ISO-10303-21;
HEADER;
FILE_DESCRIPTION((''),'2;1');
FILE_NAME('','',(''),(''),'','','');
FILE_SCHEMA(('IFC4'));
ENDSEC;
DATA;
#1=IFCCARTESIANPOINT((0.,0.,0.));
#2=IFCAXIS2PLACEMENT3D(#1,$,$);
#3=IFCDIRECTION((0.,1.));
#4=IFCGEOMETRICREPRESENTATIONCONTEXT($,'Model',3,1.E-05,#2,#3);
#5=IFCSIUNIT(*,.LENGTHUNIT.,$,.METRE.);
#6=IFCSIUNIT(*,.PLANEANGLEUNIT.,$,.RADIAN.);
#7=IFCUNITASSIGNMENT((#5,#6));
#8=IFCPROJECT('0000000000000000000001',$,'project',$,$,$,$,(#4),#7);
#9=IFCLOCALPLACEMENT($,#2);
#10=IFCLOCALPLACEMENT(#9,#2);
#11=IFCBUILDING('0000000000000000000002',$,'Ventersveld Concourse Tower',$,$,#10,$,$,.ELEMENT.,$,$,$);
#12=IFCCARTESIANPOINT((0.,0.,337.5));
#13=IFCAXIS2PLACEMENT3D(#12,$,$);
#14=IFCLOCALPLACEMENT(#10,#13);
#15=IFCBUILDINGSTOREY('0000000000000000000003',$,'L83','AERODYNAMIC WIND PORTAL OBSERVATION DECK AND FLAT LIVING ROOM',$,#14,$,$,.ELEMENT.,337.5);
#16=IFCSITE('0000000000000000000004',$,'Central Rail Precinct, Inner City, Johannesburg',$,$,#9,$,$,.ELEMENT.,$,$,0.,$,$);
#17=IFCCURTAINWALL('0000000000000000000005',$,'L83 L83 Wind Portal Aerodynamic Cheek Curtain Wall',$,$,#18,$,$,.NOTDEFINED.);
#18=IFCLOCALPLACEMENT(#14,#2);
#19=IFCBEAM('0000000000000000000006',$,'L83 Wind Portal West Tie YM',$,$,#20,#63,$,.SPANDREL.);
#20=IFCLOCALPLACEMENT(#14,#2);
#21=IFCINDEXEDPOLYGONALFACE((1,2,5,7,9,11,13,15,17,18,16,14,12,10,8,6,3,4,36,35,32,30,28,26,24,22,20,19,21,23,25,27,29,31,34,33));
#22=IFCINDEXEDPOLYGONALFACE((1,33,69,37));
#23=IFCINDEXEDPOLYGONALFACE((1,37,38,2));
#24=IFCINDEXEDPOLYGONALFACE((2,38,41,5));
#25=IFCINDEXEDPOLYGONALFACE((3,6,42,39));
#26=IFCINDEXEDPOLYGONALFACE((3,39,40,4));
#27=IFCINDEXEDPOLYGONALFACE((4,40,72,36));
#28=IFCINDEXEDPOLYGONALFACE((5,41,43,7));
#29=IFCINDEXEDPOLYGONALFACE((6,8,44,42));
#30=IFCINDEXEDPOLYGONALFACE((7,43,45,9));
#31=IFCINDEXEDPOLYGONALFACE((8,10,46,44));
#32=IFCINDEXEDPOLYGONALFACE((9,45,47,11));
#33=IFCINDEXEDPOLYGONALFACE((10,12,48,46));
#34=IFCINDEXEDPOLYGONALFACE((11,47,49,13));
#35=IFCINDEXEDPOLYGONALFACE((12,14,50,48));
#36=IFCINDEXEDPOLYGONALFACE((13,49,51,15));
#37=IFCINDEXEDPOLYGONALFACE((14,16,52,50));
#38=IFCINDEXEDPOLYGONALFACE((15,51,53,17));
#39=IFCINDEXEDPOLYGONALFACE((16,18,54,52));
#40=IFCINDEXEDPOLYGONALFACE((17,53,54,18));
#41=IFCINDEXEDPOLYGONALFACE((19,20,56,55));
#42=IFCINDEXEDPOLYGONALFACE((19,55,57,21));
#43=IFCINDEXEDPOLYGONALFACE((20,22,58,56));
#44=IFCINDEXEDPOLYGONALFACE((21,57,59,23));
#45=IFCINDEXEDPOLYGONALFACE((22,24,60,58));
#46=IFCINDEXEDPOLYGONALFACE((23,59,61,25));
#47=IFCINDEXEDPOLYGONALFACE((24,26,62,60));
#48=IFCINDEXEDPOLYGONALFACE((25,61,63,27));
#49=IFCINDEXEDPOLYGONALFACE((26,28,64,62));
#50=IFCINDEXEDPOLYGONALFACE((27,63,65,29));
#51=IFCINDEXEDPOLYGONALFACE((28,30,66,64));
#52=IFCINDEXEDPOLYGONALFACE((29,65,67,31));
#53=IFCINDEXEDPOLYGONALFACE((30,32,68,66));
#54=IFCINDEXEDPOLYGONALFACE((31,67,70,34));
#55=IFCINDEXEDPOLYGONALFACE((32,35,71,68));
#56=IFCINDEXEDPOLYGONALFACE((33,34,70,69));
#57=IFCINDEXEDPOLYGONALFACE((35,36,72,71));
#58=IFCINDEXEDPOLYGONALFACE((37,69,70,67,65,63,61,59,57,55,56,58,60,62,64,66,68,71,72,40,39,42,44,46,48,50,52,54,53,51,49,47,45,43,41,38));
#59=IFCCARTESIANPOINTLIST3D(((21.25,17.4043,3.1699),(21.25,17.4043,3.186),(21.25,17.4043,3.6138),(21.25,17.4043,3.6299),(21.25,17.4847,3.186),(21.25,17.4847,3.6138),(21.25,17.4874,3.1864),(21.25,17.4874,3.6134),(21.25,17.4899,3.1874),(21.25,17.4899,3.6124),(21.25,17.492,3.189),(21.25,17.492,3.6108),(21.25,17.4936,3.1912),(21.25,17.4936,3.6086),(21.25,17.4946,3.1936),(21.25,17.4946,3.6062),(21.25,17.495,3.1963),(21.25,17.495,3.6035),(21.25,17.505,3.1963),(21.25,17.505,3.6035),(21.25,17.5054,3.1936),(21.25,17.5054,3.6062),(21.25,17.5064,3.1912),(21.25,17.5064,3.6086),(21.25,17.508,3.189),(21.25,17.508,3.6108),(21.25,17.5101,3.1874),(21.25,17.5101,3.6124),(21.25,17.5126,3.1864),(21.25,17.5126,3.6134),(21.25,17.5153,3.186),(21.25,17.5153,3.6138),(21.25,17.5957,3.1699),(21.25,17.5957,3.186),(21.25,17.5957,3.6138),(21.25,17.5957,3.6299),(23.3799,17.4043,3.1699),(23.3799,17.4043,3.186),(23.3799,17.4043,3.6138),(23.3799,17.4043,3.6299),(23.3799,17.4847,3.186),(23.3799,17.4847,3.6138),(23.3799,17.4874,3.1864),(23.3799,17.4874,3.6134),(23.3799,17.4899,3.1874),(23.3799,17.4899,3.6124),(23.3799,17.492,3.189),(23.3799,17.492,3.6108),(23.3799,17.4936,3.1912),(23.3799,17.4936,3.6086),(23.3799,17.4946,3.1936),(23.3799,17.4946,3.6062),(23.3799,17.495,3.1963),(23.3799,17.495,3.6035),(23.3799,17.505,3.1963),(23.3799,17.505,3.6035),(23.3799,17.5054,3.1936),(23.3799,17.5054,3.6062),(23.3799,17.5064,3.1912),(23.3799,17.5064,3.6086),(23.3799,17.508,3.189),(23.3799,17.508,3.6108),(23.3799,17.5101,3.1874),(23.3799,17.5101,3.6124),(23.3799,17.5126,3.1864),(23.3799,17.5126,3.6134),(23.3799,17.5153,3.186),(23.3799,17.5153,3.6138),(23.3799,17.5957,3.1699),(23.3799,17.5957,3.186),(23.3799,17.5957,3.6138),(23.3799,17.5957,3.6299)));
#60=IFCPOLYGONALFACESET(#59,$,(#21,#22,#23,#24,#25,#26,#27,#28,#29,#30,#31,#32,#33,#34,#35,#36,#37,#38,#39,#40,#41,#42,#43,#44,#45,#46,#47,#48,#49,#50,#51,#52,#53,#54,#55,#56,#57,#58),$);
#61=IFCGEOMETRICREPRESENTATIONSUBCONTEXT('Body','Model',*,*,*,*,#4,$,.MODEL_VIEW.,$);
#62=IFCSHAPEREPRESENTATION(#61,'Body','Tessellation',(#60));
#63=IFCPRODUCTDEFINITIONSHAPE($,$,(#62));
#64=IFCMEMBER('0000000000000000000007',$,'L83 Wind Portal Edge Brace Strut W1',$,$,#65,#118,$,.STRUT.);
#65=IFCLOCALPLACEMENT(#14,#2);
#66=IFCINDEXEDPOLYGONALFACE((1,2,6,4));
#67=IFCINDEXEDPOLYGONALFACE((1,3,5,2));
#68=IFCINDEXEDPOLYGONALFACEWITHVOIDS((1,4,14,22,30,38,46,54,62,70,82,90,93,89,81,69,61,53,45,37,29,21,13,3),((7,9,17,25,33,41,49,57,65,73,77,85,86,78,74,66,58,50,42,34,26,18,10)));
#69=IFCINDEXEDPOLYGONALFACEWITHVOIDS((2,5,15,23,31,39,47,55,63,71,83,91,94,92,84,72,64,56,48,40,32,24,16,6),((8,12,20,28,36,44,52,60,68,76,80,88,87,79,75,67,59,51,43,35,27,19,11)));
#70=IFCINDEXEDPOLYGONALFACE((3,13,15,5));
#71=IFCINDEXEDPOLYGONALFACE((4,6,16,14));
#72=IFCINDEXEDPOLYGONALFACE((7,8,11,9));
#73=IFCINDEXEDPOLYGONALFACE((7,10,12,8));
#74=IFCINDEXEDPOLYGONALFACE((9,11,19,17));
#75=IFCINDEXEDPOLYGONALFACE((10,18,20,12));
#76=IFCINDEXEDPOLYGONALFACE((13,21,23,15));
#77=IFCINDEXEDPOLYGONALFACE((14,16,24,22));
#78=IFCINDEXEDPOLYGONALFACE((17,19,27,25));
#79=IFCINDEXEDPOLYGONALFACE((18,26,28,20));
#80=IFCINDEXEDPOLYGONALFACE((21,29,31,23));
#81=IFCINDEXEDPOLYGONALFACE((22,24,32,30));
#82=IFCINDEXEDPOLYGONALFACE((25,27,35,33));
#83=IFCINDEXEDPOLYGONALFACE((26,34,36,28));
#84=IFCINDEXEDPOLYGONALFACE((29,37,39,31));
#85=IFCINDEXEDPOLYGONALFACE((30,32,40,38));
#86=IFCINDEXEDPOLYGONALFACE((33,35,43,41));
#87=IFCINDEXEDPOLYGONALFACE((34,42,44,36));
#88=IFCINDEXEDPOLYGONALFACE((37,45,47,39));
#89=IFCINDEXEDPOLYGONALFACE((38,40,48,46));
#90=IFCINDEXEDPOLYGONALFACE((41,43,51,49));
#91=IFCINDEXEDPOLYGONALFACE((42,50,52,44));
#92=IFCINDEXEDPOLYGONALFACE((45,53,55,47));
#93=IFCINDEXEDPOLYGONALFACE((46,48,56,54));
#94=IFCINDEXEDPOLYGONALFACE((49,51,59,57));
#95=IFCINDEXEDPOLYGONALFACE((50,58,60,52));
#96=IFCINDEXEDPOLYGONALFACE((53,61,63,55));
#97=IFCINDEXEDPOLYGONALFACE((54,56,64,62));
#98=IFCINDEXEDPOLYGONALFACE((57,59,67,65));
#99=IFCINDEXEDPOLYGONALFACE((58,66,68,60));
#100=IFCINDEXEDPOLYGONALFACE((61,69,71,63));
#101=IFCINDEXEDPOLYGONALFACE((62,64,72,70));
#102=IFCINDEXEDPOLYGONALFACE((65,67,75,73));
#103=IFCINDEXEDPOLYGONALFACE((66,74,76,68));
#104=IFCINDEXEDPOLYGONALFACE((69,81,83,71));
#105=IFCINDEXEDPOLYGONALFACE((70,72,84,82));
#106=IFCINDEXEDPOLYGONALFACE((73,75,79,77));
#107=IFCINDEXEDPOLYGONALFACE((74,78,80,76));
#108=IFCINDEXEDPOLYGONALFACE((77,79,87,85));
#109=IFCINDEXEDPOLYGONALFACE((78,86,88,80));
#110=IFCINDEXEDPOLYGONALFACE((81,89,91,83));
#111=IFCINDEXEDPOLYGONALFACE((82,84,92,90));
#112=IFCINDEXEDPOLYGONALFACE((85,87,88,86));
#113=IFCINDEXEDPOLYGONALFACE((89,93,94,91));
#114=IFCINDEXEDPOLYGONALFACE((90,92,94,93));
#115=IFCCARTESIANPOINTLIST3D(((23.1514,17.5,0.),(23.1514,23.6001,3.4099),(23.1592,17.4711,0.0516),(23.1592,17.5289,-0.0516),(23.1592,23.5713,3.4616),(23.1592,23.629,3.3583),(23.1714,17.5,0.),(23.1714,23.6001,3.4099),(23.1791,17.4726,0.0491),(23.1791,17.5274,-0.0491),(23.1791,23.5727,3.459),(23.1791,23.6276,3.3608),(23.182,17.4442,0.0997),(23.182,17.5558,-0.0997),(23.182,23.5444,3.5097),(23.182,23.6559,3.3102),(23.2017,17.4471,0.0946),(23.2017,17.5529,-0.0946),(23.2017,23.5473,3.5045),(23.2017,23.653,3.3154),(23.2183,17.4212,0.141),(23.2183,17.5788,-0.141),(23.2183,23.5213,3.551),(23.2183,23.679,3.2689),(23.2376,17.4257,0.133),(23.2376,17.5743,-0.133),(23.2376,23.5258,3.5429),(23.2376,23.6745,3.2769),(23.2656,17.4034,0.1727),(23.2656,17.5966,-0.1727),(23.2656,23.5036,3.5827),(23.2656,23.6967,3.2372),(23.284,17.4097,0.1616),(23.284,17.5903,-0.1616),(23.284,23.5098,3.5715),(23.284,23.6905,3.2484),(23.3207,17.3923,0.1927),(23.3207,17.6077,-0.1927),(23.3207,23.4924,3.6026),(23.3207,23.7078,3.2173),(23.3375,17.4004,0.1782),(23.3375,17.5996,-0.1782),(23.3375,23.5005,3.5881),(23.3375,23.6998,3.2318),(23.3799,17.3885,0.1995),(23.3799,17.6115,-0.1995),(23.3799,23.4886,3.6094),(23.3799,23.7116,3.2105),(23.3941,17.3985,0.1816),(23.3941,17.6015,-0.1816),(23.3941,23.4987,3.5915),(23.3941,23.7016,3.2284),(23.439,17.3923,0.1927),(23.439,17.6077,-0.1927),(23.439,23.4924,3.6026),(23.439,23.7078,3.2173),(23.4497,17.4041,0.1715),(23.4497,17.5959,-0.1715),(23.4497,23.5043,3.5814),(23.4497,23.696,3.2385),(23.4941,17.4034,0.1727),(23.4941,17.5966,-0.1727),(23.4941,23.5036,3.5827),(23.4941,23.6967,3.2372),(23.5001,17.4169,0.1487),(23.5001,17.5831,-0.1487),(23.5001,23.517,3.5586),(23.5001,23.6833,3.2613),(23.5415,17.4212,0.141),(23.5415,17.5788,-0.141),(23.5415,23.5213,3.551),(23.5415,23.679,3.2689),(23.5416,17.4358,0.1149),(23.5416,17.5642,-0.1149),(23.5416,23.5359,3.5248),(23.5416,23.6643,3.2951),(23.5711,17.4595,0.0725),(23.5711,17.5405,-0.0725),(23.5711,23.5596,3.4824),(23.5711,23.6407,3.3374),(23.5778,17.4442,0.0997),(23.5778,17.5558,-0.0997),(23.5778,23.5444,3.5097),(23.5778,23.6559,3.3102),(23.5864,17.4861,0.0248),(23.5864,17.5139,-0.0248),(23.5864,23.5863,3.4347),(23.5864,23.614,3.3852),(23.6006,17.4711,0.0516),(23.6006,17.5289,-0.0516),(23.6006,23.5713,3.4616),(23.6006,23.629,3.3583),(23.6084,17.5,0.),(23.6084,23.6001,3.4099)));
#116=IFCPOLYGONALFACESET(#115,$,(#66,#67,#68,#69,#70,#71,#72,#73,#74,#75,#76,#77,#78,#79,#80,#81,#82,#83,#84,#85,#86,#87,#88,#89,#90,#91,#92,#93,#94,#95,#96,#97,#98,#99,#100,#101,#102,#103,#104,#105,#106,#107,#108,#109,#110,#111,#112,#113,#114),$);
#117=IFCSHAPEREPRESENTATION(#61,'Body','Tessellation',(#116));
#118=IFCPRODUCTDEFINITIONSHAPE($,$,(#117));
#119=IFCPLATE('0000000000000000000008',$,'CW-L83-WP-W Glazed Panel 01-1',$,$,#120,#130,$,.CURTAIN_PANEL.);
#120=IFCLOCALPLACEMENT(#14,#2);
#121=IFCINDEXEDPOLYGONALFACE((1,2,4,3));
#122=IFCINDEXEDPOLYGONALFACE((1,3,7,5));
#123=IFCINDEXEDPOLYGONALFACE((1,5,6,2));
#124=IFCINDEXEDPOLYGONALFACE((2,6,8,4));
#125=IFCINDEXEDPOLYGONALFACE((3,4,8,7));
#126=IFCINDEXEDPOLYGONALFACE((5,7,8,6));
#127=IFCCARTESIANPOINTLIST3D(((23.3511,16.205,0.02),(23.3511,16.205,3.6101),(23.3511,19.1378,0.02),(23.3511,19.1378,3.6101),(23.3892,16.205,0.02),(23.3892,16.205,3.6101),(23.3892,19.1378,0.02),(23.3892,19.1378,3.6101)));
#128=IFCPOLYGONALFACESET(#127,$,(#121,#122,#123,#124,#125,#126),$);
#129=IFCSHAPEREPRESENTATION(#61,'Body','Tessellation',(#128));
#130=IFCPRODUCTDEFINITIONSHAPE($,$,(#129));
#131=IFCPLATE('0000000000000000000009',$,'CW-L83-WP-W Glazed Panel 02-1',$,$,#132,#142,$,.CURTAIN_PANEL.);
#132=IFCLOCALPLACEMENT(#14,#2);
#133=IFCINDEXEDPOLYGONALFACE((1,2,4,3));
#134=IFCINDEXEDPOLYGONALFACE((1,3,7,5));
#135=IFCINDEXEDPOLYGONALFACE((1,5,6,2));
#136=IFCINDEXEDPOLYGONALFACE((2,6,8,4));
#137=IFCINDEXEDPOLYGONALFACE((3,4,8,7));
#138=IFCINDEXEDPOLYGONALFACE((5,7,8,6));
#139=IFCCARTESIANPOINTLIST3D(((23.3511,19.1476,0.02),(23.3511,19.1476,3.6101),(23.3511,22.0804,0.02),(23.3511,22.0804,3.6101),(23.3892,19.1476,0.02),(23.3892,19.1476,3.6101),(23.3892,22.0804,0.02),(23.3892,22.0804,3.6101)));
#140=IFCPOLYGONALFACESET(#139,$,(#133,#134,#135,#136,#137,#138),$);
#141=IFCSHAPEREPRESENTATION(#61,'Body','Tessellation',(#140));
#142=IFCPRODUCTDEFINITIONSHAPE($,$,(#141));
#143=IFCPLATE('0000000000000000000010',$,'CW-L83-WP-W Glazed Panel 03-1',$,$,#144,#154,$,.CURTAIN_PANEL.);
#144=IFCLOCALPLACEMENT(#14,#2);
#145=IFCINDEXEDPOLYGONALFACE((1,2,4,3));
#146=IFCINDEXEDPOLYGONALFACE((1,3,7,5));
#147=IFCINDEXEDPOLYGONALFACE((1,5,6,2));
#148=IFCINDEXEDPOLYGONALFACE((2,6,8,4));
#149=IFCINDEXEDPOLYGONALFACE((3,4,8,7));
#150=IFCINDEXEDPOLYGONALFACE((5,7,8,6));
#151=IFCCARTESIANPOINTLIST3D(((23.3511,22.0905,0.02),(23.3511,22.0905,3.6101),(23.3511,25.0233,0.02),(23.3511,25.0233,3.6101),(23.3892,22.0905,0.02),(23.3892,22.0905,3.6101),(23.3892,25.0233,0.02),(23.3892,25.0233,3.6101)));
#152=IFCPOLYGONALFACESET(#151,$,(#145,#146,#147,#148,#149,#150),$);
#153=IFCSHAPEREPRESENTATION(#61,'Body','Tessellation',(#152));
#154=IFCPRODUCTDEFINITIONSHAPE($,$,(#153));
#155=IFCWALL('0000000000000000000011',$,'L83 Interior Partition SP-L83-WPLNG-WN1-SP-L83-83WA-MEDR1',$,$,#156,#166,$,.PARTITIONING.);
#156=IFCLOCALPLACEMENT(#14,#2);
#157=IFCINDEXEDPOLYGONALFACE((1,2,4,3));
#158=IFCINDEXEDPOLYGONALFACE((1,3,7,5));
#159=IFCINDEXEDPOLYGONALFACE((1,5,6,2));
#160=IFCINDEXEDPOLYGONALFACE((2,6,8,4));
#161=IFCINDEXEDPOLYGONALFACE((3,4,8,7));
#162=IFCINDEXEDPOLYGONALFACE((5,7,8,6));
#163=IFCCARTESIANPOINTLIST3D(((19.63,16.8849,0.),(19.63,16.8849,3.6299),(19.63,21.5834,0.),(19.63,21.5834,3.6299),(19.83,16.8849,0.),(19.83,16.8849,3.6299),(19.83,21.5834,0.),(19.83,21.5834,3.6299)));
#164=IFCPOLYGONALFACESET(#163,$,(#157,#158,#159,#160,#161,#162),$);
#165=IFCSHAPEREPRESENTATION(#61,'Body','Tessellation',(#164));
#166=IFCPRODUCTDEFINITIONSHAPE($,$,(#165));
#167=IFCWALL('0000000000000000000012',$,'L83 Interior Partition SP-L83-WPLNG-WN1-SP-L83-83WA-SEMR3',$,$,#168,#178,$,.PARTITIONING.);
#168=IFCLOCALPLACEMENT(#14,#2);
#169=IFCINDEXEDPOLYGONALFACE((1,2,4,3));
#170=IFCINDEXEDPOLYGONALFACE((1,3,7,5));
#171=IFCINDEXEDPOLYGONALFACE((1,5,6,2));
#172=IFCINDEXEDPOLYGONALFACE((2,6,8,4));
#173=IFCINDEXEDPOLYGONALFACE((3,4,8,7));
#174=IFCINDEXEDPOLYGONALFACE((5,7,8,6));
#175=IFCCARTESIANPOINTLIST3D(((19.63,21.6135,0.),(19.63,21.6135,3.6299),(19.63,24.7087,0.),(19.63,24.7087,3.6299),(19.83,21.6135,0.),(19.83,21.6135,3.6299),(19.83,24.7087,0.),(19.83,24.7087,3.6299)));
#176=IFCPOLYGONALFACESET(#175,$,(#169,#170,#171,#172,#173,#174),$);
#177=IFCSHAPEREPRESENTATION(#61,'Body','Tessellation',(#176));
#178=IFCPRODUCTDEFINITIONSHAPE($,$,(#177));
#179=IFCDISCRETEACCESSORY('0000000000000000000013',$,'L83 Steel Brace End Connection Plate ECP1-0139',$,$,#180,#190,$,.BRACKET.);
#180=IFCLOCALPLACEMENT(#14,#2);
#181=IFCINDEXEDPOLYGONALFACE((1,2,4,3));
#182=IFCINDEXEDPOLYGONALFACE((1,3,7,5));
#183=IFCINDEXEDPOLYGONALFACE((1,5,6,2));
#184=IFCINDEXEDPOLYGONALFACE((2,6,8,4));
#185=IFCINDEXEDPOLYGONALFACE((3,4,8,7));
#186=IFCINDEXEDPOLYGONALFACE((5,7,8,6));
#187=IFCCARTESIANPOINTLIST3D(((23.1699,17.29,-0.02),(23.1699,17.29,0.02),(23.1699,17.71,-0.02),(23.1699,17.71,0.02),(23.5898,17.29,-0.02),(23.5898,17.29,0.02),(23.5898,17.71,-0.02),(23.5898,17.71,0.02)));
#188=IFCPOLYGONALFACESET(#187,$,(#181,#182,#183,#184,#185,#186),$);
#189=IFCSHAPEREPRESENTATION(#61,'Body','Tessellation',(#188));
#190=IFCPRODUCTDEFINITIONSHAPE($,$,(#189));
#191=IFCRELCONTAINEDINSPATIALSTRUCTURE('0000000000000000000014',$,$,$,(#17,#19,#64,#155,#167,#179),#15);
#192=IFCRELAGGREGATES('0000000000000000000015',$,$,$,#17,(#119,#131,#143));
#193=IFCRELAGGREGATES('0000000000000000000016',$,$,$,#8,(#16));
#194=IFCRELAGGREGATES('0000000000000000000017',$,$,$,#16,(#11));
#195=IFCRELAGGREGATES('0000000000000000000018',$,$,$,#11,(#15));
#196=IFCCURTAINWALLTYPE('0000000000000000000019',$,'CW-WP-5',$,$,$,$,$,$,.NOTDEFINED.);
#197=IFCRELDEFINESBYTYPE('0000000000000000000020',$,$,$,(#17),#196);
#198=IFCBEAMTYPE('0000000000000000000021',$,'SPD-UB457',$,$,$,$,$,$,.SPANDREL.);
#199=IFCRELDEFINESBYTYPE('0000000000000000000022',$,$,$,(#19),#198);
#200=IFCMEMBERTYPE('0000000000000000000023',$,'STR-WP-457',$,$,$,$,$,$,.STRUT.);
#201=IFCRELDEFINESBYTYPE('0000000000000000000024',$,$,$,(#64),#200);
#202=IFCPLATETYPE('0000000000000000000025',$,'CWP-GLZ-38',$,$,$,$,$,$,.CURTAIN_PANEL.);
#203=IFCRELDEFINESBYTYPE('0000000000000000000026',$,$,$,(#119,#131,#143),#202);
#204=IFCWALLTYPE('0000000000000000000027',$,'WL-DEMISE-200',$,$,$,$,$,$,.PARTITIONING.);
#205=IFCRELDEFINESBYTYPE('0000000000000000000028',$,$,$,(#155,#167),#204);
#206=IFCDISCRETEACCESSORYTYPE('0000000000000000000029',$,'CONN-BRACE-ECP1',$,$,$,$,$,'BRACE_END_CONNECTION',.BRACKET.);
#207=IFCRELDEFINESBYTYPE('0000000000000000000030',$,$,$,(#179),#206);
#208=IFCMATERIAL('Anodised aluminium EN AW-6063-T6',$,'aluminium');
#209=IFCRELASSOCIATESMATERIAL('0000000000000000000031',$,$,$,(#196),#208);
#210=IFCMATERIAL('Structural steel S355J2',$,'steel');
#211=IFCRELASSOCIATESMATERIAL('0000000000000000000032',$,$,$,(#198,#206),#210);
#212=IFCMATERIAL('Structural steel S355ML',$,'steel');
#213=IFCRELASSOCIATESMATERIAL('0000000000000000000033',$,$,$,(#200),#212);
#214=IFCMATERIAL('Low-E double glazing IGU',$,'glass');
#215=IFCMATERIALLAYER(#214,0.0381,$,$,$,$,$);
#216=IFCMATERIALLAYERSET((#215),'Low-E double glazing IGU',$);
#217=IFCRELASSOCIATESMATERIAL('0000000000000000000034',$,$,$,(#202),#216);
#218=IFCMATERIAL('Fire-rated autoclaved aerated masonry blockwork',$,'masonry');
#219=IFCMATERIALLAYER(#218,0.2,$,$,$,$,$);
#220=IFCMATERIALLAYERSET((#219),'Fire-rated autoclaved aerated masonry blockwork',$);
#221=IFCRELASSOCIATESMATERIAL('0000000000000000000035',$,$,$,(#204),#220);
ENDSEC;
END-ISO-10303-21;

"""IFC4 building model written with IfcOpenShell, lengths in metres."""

from ifc_helpers import new_model, si_unit, direction, frame, frame_2d, origin, origin_2d, place, context, subcontext, project, spatial, rectangle, hollow_circle, i_section, extrude, material, layer, layer_set, material_profile, profile_set, type_object, element, aggregate, save


model = new_model("IFC4")

# Units and contexts
model_context = context("Model", 3, precision=1e-05, world=origin(), true_north=direction((0.0, 1.0)))
body_context = subcontext(model_context, "Body", "Model", "MODEL_VIEW")
ifc_project = project(units=[si_unit("LENGTHUNIT", "METRE"), si_unit("PLANEANGLEUNIT", "RADIAN")], contexts=[model_context])

# Site, building, storey
site_placement = place(None, origin())
site = spatial("IfcSite", under=ifc_project, at=site_placement, Name="Central Rail Precinct, Inner City, Johannesburg", CompositionType="ELEMENT", RefElevation=0.0)
building_placement = place(site_placement, origin())
building = spatial("IfcBuilding", under=site, at=building_placement, Name="Ventersveld Concourse Tower", CompositionType="ELEMENT")
storey_placement = place(building_placement, frame((0.0, 0.0, 337.5)))
storey = spatial("IfcBuildingStorey", under=building, at=storey_placement, Name="L83", Description="AERODYNAMIC WIND PORTAL OBSERVATION DECK AND FLAT LIVING ROOM", CompositionType="ELEMENT", Elevation=337.5)

# Shared definitions
ifc_material_1 = material(Name="Structural steel S355J2", Category="steel")

# Curtain wall
ifc_material_2 = material(Name="Anodised aluminium EN AW-6063-T6", Category="aluminium")
curtain_wall_type = type_object("IfcCurtainWallType", Name="CW-WP-5", PredefinedType="NOTDEFINED", material=ifc_material_2)
curtain_wall_placement = place(storey_placement, origin())
curtain_wall = element("IfcCurtainWall", 1, at=curtain_wall_placement, inside=storey, type_object=curtain_wall_type, Name="L83 L83 Wind Portal Aerodynamic Cheek Curtain Wall", PredefinedType="NOTDEFINED")

# Beam
ifc_material_profile_1 = material_profile(ifc_material_1, i_section(OverallWidth=0.1914, OverallDepth=0.46, WebThickness=0.01, FlangeThickness=0.0161, FilletRadius=0.0103, at=origin_2d()), Name="UB 457x191x82")
ifc_profile_set_1 = profile_set([ifc_material_profile_1], Name="Structural steel S355J2")
beam_type = type_object("IfcBeamType", Name="SPD-UB457", PredefinedType="SPANDREL", material=ifc_profile_set_1)
beam_placement = place(storey_placement, frame((21.25, 17.5, 3.3999), z_axis=(1.0, 0.0, 0.0), x_axis=(0.0, 1.0, 0.0)))
element("IfcBeam", 2, at=beam_placement, inside=storey, type_object=beam_type, Name="L83 Wind Portal West Tie YM", PredefinedType="SPANDREL", context=body_context, shape_type="SweptSolid", body=[
    extrude(i_section(OverallWidth=0.1914, OverallDepth=0.46, WebThickness=0.01, FlangeThickness=0.0161, FilletRadius=0.0103, at=origin_2d()), origin(), (0.0, 0.0, 1.0), 2.1299),
])

# Member
ifc_material_3 = material(Name="Structural steel S355ML", Category="steel")
ifc_material_profile_2 = material_profile(ifc_material_3, hollow_circle(Radius=0.2285, WallThickness=0.02, at=origin_2d()), Name="CHS 457x20")
ifc_profile_set_2 = profile_set([ifc_material_profile_2], Name="Structural steel S355ML")
member_type_1 = type_object("IfcMemberType", Name="STR-WP-457", PredefinedType="STRUT", material=ifc_profile_set_2)
member_1_placement = place(storey_placement, frame((23.3799, 17.5, 0.0), z_axis=(0.0, 0.87288, 0.487934), x_axis=(-1.0, 0.0, 0.0)))
element("IfcMember", 3, at=member_1_placement, inside=storey, type_object=member_type_1, Name="L83 Wind Portal Edge Brace Strut W1", PredefinedType="STRUT", context=body_context, shape_type="SweptSolid", body=[
    extrude(hollow_circle(Radius=0.2285, WallThickness=0.02, at=origin_2d()), origin(), (0.0, 0.0, 1.0), 6.9885),
])

# Plates
ifc_material_4 = material(Name="Low-E double glazing IGU", Category="glass")
ifc_layer_1 = layer(ifc_material_4, 0.0381)
ifc_layer_set_1 = layer_set([ifc_layer_1], Name="Low-E double glazing IGU")
plate_type = type_object("IfcPlateType", Name="CWP-GLZ-38", PredefinedType="CURTAIN_PANEL", material=ifc_layer_set_1)
plate_1_placement = place(storey_placement, frame((23.3701, 17.6714, 0.02), z_axis=(0.0, 0.0, 1.0), x_axis=(0.0, 1.0, 0.0)))
plate_1 = element("IfcPlate", 4, at=plate_1_placement, type_object=plate_type, Name="CW-L83-WP-W Glazed Panel 01-1", PredefinedType="CURTAIN_PANEL", context=body_context, shape_type="SweptSolid", body=[
    extrude(rectangle(XDim=2.9329, YDim=0.0381, at=origin_2d()), origin(), (0.0, 0.0, 1.0), 3.5901),
])
plate_2_placement = place(storey_placement, frame((23.3701, 20.614, 0.02), z_axis=(0.0, 0.0, 1.0), x_axis=(0.0, 1.0, 0.0)))
plate_2 = element("IfcPlate", 5, at=plate_2_placement, type_object=plate_type, Name="CW-L83-WP-W Glazed Panel 02-1", PredefinedType="CURTAIN_PANEL", context=body_context, shape_type="SweptSolid", body=[
    extrude(rectangle(XDim=2.9329, YDim=0.0381, at=origin_2d()), origin(), (0.0, 0.0, 1.0), 3.5901),
])
plate_3_placement = place(storey_placement, frame((23.3701, 23.5569, 0.02), z_axis=(0.0, 0.0, 1.0), x_axis=(0.0, 1.0, 0.0)))
plate_3 = element("IfcPlate", 6, at=plate_3_placement, type_object=plate_type, Name="CW-L83-WP-W Glazed Panel 03-1", PredefinedType="CURTAIN_PANEL", context=body_context, shape_type="SweptSolid", body=[
    extrude(rectangle(XDim=2.9329, YDim=0.0381, at=origin_2d()), origin(), (0.0, 0.0, 1.0), 3.5901),
])
aggregate(curtain_wall, [plate_1, plate_2, plate_3])

# Walls
ifc_material_5 = material(Name="Fire-rated autoclaved aerated masonry blockwork", Category="masonry")
ifc_layer_2 = layer(ifc_material_5, 0.2)
ifc_layer_set_2 = layer_set([ifc_layer_2], Name="Fire-rated autoclaved aerated masonry blockwork")
wall_type = type_object("IfcWallType", Name="WL-DEMISE-200", PredefinedType="PARTITIONING", material=ifc_layer_set_2)
wall_1_placement = place(storey_placement, frame((19.73, 16.885, 0.0), z_axis=(0.0, 0.0, 1.0), x_axis=(0.0, 1.0, 0.0)))
element("IfcWall", 7, at=wall_1_placement, inside=storey, type_object=wall_type, Name="L83 Interior Partition SP-L83-WPLNG-WN1-SP-L83-83WA-MEDR1", PredefinedType="PARTITIONING", context=body_context, shape_type="SweptSolid", body=[
    extrude(rectangle(XDim=4.6985, YDim=0.2, at=frame_2d((2.3491, 0.0))), origin(), (0.0, 0.0, 1.0), 3.6299),
])
wall_2_placement = place(storey_placement, frame((19.73, 21.6135, 0.0), z_axis=(0.0, 0.0, 1.0), x_axis=(0.0, 1.0, 0.0)))
element("IfcWall", 8, at=wall_2_placement, inside=storey, type_object=wall_type, Name="L83 Interior Partition SP-L83-WPLNG-WN1-SP-L83-83WA-SEMR3", PredefinedType="PARTITIONING", context=body_context, shape_type="SweptSolid", body=[
    extrude(rectangle(XDim=3.0952, YDim=0.2, at=frame_2d((1.5476, 0.0))), origin(), (0.0, 0.0, 1.0), 3.6299),
])

# Discrete accessory
discrete_accessory_type = type_object("IfcDiscreteAccessoryType", Name="CONN-BRACE-ECP1", ElementType="BRACE_END_CONNECTION", PredefinedType="BRACKET", material=ifc_material_1)
discrete_accessory_placement = place(storey_placement, frame((23.3799, 17.5, -0.02), z_axis=(0.0, 0.0, 1.0), x_axis=(1.0, 0.0, 0.0)))
element("IfcDiscreteAccessory", 9, at=discrete_accessory_placement, inside=storey, type_object=discrete_accessory_type, Name="L83 Steel Brace End Connection Plate ECP1-0139", PredefinedType="BRACKET", context=body_context, shape_type="SweptSolid", body=[
    extrude(rectangle(XDim=0.4199, YDim=0.4199, at=origin_2d()), origin(), (0.0, 0.0, 1.0), 0.04),
])

save(model, "model.ifc")
